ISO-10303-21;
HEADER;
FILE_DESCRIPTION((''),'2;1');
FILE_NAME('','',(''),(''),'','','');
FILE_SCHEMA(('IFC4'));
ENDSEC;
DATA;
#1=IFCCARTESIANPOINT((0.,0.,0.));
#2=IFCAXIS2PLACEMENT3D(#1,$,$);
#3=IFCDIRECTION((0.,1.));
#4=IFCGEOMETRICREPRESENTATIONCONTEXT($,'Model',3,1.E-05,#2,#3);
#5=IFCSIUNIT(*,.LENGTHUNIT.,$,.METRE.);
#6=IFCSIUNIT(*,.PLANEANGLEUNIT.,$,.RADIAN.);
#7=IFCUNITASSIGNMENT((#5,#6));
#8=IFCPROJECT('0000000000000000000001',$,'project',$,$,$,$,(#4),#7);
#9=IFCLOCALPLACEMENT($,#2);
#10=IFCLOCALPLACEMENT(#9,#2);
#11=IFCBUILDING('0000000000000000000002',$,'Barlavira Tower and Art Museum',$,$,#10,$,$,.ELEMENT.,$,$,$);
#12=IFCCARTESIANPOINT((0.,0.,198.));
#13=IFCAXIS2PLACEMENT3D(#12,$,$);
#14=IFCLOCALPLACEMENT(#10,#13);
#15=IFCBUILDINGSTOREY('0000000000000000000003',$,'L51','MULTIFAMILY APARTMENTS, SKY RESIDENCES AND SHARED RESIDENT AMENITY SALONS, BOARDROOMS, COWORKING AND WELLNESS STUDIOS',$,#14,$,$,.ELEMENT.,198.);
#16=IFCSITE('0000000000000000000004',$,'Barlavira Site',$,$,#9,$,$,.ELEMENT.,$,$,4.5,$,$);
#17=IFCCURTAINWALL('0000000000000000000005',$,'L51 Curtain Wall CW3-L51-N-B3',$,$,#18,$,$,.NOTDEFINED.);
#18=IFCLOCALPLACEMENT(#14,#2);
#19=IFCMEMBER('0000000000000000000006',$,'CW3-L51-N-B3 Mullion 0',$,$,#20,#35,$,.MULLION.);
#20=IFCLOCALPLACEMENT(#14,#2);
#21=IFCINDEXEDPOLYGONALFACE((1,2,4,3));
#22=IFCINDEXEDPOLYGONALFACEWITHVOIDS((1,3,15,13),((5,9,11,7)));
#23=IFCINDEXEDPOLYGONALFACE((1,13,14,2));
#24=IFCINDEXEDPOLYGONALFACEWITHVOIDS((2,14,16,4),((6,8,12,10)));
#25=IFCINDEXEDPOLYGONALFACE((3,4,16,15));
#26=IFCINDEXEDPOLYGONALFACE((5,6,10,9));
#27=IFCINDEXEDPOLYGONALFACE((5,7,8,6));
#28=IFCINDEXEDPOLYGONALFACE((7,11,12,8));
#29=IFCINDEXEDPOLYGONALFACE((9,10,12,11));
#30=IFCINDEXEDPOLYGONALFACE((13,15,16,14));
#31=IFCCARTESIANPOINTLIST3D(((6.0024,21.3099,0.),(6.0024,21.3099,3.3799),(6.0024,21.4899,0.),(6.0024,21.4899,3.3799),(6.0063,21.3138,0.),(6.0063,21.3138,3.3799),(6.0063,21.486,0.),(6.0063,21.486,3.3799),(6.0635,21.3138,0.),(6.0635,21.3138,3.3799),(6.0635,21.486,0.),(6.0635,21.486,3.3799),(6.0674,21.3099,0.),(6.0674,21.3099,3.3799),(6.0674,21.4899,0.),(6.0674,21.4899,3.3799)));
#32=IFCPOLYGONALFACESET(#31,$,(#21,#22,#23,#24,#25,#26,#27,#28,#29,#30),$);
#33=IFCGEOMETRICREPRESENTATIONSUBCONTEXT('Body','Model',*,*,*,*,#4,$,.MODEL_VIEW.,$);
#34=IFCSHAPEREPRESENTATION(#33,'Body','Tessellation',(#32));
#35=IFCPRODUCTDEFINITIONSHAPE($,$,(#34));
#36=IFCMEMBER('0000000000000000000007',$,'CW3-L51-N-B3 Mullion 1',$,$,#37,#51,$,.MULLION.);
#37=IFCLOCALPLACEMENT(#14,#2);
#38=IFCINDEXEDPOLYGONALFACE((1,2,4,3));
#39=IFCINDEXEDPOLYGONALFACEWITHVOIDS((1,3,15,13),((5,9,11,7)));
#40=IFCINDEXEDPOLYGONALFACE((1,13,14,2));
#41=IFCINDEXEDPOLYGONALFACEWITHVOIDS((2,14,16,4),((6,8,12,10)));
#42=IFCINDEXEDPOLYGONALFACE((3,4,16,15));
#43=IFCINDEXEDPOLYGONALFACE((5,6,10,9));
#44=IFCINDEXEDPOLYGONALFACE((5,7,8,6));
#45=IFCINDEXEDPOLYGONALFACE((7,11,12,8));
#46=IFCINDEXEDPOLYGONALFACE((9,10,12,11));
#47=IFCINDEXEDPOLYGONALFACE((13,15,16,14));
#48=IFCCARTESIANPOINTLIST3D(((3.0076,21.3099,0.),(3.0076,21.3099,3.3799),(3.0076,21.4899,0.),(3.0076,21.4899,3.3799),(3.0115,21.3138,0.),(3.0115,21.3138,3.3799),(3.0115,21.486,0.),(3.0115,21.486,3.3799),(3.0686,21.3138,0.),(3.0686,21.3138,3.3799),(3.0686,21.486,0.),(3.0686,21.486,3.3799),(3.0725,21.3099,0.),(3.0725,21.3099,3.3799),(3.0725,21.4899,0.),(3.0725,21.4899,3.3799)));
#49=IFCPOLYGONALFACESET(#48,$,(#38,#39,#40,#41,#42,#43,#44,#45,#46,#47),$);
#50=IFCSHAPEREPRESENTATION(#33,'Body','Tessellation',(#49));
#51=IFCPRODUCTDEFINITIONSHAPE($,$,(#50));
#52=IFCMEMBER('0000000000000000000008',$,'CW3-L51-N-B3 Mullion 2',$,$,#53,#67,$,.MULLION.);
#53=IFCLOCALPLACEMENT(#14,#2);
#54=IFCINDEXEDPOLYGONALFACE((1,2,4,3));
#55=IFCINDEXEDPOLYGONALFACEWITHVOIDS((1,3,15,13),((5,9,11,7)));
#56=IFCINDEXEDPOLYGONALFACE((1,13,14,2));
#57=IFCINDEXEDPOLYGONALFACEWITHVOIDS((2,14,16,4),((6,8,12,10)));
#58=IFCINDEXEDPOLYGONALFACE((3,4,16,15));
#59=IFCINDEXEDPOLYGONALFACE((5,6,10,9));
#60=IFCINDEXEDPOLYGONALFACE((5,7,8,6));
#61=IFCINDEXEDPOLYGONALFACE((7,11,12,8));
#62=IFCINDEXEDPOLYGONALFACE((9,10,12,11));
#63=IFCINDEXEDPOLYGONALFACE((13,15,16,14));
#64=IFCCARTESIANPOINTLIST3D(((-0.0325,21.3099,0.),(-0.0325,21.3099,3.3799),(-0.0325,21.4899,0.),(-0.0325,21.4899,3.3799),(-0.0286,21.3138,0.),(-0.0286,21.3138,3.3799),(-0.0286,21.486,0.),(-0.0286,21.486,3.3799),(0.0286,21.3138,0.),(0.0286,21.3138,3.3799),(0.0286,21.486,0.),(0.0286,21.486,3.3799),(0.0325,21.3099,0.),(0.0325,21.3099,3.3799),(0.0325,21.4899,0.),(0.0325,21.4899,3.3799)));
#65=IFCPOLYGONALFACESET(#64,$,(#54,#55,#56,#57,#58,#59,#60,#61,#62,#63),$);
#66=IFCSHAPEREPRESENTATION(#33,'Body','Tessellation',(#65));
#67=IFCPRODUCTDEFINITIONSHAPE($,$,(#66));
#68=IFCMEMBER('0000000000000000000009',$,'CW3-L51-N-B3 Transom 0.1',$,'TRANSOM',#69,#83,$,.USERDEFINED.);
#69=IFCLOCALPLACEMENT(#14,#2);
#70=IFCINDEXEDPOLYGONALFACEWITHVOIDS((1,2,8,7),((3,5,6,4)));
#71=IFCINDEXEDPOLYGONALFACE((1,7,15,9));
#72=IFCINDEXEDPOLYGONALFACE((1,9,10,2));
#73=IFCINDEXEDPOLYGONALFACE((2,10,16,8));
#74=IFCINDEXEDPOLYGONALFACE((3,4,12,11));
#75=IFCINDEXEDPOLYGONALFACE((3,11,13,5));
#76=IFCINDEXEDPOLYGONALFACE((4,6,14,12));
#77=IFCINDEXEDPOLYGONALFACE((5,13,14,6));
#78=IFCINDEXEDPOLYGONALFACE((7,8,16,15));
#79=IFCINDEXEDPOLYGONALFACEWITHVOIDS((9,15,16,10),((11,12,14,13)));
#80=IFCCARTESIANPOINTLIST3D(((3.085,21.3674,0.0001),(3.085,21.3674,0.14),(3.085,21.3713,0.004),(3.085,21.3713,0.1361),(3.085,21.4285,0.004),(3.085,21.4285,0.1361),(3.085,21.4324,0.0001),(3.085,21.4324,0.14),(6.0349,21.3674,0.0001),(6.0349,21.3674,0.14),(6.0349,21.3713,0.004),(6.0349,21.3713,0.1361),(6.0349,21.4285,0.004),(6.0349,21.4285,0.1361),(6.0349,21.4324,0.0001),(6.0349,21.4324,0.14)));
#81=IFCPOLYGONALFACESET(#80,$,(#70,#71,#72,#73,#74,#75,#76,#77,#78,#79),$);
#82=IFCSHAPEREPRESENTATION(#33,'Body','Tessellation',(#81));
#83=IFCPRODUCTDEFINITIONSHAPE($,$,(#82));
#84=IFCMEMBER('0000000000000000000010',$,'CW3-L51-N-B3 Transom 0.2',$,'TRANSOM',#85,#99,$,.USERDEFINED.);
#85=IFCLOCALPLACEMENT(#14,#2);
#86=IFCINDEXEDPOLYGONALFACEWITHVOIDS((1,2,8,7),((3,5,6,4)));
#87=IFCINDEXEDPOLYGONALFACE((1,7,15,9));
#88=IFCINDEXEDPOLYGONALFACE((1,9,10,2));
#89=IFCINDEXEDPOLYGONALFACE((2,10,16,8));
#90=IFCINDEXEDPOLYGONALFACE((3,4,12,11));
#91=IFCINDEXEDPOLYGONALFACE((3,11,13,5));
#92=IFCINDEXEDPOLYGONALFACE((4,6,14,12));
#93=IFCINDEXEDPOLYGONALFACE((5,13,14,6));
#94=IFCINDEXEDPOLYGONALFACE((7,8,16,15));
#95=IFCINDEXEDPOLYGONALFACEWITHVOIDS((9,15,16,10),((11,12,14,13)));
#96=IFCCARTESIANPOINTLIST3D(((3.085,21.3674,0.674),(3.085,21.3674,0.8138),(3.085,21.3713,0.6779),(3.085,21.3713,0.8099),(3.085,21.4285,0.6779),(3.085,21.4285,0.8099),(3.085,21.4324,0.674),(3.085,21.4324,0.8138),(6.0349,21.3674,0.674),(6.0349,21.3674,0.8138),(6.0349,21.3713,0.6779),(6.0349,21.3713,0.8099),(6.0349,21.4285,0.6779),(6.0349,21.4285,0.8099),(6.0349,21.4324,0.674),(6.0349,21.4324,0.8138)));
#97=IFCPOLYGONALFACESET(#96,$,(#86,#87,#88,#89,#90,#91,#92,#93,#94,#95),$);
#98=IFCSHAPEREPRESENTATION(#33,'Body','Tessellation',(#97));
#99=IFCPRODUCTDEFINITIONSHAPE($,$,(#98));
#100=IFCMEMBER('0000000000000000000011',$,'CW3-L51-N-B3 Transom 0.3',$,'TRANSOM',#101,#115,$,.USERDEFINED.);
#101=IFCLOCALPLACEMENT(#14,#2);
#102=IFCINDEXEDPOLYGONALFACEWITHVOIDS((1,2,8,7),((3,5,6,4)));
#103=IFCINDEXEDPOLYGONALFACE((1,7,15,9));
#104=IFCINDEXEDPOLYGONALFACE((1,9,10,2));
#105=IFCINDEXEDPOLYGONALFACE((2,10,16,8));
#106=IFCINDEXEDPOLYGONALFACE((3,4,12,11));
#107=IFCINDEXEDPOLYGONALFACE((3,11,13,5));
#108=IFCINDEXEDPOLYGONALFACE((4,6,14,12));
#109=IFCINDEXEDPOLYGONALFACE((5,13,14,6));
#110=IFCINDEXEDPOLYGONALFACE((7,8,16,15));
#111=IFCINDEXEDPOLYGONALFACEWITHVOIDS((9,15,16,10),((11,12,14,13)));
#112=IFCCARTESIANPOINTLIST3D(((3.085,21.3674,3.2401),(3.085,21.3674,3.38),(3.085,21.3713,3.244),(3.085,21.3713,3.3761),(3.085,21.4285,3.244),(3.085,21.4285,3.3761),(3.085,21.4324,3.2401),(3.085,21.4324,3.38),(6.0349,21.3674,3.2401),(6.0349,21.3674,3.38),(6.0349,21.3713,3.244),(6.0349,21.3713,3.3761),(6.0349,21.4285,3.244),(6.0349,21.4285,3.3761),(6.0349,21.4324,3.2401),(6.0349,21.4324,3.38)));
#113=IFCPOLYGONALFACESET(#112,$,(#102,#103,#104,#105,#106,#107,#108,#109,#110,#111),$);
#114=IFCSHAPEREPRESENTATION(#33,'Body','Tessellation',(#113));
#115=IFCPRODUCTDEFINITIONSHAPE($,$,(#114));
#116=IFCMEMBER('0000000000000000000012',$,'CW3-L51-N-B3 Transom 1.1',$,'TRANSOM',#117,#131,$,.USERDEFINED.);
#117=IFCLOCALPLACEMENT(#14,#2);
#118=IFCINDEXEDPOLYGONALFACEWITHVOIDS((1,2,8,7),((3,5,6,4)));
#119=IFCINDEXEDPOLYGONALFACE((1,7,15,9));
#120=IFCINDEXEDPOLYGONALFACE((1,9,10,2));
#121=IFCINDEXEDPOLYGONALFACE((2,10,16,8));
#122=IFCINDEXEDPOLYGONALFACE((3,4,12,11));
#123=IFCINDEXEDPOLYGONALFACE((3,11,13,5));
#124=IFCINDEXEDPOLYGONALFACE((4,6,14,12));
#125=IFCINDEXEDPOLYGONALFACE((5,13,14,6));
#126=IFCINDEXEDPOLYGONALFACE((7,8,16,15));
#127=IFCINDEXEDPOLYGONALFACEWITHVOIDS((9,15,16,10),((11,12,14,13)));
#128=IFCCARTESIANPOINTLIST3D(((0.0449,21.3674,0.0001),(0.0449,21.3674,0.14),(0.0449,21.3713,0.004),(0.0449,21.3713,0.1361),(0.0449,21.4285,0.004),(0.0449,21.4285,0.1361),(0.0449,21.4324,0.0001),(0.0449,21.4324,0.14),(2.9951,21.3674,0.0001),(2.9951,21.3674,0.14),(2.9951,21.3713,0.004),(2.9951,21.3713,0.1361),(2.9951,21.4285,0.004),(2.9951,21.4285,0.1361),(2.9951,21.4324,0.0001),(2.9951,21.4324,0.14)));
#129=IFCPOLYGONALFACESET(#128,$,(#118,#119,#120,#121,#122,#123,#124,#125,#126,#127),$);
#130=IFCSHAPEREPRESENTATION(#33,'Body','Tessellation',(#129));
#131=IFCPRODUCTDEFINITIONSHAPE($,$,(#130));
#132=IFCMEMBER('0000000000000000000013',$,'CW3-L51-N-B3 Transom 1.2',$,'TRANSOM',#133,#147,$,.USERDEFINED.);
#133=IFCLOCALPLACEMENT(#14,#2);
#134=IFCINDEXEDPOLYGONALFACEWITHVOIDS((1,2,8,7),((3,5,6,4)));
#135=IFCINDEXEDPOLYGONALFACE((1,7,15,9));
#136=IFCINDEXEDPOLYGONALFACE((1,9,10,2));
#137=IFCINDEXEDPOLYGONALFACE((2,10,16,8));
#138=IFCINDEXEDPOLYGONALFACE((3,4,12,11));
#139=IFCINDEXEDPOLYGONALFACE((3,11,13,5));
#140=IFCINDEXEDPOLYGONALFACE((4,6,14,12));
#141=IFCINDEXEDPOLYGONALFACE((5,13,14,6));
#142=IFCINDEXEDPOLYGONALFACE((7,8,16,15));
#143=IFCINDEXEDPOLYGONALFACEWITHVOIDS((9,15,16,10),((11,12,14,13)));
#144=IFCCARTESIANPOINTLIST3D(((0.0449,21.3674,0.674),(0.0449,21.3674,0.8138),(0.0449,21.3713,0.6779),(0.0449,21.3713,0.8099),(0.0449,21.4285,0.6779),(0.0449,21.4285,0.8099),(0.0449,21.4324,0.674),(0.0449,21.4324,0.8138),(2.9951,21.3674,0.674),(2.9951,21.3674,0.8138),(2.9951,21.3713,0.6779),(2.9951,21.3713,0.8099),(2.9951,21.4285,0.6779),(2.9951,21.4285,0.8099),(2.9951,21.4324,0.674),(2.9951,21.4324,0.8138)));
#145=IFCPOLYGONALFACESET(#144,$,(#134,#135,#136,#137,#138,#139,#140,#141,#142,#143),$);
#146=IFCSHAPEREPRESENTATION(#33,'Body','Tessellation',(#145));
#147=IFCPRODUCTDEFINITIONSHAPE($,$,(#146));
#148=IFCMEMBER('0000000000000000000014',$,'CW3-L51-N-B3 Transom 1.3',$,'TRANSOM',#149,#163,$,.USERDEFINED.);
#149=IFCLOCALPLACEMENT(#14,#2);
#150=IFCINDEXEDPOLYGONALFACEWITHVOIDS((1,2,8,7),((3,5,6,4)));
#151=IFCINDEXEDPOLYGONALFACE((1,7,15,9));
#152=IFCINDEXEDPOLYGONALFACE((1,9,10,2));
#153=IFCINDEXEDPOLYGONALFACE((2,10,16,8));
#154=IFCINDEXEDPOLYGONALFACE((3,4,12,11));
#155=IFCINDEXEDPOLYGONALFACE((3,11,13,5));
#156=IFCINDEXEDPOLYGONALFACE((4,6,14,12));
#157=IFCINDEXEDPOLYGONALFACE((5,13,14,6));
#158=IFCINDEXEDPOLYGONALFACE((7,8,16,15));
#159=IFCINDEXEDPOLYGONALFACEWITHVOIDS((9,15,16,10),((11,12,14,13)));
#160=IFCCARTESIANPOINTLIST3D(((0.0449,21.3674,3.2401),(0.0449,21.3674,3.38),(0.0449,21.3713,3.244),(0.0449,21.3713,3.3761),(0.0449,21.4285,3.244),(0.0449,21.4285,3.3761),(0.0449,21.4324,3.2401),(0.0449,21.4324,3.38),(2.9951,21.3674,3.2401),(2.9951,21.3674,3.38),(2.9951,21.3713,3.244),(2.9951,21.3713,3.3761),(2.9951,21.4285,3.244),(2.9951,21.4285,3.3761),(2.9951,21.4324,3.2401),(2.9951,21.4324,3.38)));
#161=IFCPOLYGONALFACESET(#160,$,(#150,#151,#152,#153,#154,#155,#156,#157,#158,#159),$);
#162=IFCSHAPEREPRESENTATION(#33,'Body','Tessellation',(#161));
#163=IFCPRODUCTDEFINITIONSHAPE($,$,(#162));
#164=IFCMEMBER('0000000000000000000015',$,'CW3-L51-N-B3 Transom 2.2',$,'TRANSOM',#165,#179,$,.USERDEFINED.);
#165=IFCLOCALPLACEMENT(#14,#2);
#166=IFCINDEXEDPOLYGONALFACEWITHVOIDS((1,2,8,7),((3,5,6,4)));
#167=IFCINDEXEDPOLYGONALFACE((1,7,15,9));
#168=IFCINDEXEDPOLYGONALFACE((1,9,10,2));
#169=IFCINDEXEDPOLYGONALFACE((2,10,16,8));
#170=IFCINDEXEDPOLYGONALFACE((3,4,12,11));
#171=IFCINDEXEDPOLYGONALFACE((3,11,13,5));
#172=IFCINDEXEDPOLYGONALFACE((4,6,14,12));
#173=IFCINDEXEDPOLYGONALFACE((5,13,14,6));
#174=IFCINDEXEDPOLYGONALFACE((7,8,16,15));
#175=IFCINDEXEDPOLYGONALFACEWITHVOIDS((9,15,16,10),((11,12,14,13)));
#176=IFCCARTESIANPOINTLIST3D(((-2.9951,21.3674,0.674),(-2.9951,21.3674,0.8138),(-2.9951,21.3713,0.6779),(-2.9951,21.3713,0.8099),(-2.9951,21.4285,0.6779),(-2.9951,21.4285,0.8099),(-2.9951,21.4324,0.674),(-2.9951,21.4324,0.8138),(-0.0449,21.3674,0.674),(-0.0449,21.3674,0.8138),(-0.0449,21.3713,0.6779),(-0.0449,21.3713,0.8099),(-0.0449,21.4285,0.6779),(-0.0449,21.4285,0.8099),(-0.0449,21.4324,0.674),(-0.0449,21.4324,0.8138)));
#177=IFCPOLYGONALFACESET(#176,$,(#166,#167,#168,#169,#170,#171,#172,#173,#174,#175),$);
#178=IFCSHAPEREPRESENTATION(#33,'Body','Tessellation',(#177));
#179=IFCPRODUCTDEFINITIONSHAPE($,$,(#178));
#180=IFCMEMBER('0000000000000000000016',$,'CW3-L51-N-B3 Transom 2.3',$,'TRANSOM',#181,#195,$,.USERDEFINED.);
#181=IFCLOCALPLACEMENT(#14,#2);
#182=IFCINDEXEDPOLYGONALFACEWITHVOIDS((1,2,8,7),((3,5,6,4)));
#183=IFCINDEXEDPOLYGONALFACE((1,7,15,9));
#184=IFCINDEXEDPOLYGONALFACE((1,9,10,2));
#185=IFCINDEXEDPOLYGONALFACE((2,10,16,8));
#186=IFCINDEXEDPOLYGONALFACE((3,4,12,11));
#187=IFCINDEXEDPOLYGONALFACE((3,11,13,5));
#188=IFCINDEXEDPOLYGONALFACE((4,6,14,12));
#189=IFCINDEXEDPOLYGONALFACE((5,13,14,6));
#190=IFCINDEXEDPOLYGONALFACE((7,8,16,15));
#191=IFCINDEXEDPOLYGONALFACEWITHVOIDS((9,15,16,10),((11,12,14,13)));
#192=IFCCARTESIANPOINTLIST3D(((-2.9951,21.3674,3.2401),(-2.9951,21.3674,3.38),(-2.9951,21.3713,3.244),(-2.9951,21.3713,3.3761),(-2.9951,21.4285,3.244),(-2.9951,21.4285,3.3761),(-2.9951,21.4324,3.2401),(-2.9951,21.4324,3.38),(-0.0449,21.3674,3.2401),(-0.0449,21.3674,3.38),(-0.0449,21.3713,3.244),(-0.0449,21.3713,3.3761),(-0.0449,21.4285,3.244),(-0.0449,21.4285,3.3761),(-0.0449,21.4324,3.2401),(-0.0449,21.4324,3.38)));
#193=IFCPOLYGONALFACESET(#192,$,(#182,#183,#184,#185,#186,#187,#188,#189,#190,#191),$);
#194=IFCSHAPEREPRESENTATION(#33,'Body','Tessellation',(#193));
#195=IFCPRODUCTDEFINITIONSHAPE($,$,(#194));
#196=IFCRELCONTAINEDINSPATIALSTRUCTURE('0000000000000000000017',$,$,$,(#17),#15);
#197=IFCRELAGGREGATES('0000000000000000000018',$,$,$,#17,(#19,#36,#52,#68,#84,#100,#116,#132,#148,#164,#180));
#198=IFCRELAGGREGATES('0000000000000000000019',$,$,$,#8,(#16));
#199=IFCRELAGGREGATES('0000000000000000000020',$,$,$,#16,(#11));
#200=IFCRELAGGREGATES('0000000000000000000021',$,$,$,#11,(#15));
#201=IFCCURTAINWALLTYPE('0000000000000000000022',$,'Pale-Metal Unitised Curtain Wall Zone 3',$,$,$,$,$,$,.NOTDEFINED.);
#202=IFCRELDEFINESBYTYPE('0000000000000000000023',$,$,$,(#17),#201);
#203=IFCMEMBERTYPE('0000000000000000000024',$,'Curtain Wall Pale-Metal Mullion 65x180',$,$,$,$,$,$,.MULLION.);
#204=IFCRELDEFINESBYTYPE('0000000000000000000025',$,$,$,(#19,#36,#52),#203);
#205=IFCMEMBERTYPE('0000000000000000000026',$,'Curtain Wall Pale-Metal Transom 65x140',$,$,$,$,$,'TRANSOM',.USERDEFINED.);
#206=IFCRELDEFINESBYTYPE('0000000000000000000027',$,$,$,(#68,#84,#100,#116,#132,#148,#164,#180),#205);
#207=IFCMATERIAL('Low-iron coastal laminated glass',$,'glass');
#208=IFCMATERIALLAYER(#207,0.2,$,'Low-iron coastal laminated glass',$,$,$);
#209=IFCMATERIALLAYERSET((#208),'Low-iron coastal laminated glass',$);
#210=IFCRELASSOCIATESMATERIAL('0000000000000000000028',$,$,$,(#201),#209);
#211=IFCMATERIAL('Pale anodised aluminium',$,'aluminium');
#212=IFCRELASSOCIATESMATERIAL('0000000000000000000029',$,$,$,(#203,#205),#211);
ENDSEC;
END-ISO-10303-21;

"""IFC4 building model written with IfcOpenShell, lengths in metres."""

from ifc_helpers import new_model, si_unit, direction, frame, origin, origin_2d, place, context, subcontext, project, spatial, hollow_rectangle, extrude, material, layer, layer_set, material_profile, profile_set, type_object, element, aggregate, save


model = new_model("IFC4")

# Units and contexts
model_context = context("Model", 3, precision=1e-05, world=origin(), true_north=direction((0.0, 1.0)))
body_context = subcontext(model_context, "Body", "Model", "MODEL_VIEW")
ifc_project = project(units=[si_unit("LENGTHUNIT", "METRE"), si_unit("PLANEANGLEUNIT", "RADIAN")], contexts=[model_context])

# Site, building, storey
site_placement = place(None, origin())
site = spatial("IfcSite", under=ifc_project, at=site_placement, Name="Barlavira Site", CompositionType="ELEMENT", RefElevation=4.5)
building_placement = place(site_placement, origin())
building = spatial("IfcBuilding", under=site, at=building_placement, Name="Barlavira Tower and Art Museum", CompositionType="ELEMENT")
storey_placement = place(building_placement, frame((0.0, 0.0, 198.0)))
storey = spatial("IfcBuildingStorey", under=building, at=storey_placement, Name="L51", Description="MULTIFAMILY APARTMENTS, SKY RESIDENCES AND SHARED RESIDENT AMENITY SALONS, BOARDROOMS, COWORKING AND WELLNESS STUDIOS", CompositionType="ELEMENT", Elevation=198.0)

# Curtain wall, members
ifc_material_1 = material(Name="Low-iron coastal laminated glass", Category="glass")
ifc_layer_1 = layer(ifc_material_1, 0.2, Name="Low-iron coastal laminated glass")
ifc_layer_set_1 = layer_set([ifc_layer_1], Name="Low-iron coastal laminated glass")
curtain_wall_type = type_object("IfcCurtainWallType", Name="Pale-Metal Unitised Curtain Wall Zone 3", PredefinedType="NOTDEFINED", material=ifc_layer_set_1)
curtain_wall_placement = place(storey_placement, origin())
curtain_wall = element("IfcCurtainWall", 1, at=curtain_wall_placement, inside=storey, type_object=curtain_wall_type, Name="L51 Curtain Wall CW3-L51-N-B3", PredefinedType="NOTDEFINED")
ifc_material_2 = material(Name="Pale anodised aluminium", Category="aluminium")
ifc_material_profile_1 = material_profile(ifc_material_2, hollow_rectangle(XDim=0.0649, YDim=0.1799, WallThickness=0.0039, at=origin_2d()), Name="ALU-MULL 65x180x4")
ifc_profile_set_1 = profile_set([ifc_material_profile_1], Name="Pale anodised aluminium")
member_type_1 = type_object("IfcMemberType", Name="Curtain Wall Pale-Metal Mullion 65x180", PredefinedType="MULLION", material=ifc_profile_set_1)
member_1_placement = place(storey_placement, frame((6.0349, 21.3999, 0.0), z_axis=(0.0, 0.0, 1.0), x_axis=(-1.0, 0.0, 0.0)))
member_1 = element("IfcMember", 2, at=member_1_placement, type_object=member_type_1, Name="CW3-L51-N-B3 Mullion 0", PredefinedType="MULLION", context=body_context, shape_type="SweptSolid", body=[
    extrude(hollow_rectangle(XDim=0.0649, YDim=0.1799, WallThickness=0.0039, at=origin_2d()), origin(), (0.0, 0.0, 1.0), 3.3799),
])
member_2_placement = place(storey_placement, frame((3.04, 21.3999, 0.0), z_axis=(0.0, 0.0, 1.0), x_axis=(-1.0, 0.0, 0.0)))
member_2 = element("IfcMember", 3, at=member_2_placement, type_object=member_type_1, Name="CW3-L51-N-B3 Mullion 1", PredefinedType="MULLION", context=body_context, shape_type="SweptSolid", body=[
    extrude(hollow_rectangle(XDim=0.0649, YDim=0.1799, WallThickness=0.0039, at=origin_2d()), origin(), (0.0, 0.0, 1.0), 3.3799),
])
member_3_placement = place(storey_placement, frame((0.0, 21.3999, 0.0), z_axis=(0.0, 0.0, 1.0), x_axis=(-1.0, 0.0, 0.0)))
member_3 = element("IfcMember", 4, at=member_3_placement, type_object=member_type_1, Name="CW3-L51-N-B3 Mullion 2", PredefinedType="MULLION", context=body_context, shape_type="SweptSolid", body=[
    extrude(hollow_rectangle(XDim=0.0649, YDim=0.1799, WallThickness=0.0039, at=origin_2d()), origin(), (0.0, 0.0, 1.0), 3.3799),
])
ifc_material_profile_2 = material_profile(ifc_material_2, hollow_rectangle(XDim=0.0649, YDim=0.1399, WallThickness=0.0039, at=origin_2d()), Name="ALU-TRAN 65x140x4")
ifc_profile_set_2 = profile_set([ifc_material_profile_2], Name="Pale anodised aluminium")
member_type_2 = type_object("IfcMemberType", Name="Curtain Wall Pale-Metal Transom 65x140", ElementType="TRANSOM", PredefinedType="USERDEFINED", material=ifc_profile_set_2)
member_4_placement = place(storey_placement, frame((6.0349, 21.3999, 0.0701), z_axis=(-1.0, 0.0, 0.0), x_axis=(0.0, -1.0, 0.0)))
member_4 = element("IfcMember", 5, at=member_4_placement, type_object=member_type_2, Name="CW3-L51-N-B3 Transom 0.1", ObjectType="TRANSOM", PredefinedType="USERDEFINED", context=body_context, shape_type="SweptSolid", body=[
    extrude(hollow_rectangle(XDim=0.0649, YDim=0.1399, WallThickness=0.0039, at=origin_2d()), origin(), (0.0, 0.0, 1.0), 2.95),
])
member_5_placement = place(storey_placement, frame((6.0349, 21.3999, 0.7439), z_axis=(-1.0, 0.0, 0.0), x_axis=(0.0, -1.0, 0.0)))
member_5 = element("IfcMember", 6, at=member_5_placement, type_object=member_type_2, Name="CW3-L51-N-B3 Transom 0.2", ObjectType="TRANSOM", PredefinedType="USERDEFINED", context=body_context, shape_type="SweptSolid", body=[
    extrude(hollow_rectangle(XDim=0.0649, YDim=0.1399, WallThickness=0.0039, at=origin_2d()), origin(), (0.0, 0.0, 1.0), 2.95),
])
member_6_placement = place(storey_placement, frame((6.0349, 21.3999, 3.3101), z_axis=(-1.0, 0.0, 0.0), x_axis=(0.0, -1.0, 0.0)))
member_6 = element("IfcMember", 7, at=member_6_placement, type_object=member_type_2, Name="CW3-L51-N-B3 Transom 0.3", ObjectType="TRANSOM", PredefinedType="USERDEFINED", context=body_context, shape_type="SweptSolid", body=[
    extrude(hollow_rectangle(XDim=0.0649, YDim=0.1399, WallThickness=0.0039, at=origin_2d()), origin(), (0.0, 0.0, 1.0), 2.95),
])
member_7_placement = place(storey_placement, frame((2.9951, 21.3999, 0.0701), z_axis=(-1.0, 0.0, 0.0), x_axis=(0.0, -1.0, 0.0)))
member_7 = element("IfcMember", 8, at=member_7_placement, type_object=member_type_2, Name="CW3-L51-N-B3 Transom 1.1", ObjectType="TRANSOM", PredefinedType="USERDEFINED", context=body_context, shape_type="SweptSolid", body=[
    extrude(hollow_rectangle(XDim=0.0649, YDim=0.1399, WallThickness=0.0039, at=origin_2d()), origin(), (0.0, 0.0, 1.0), 2.9502),
])
member_8_placement = place(storey_placement, frame((2.9951, 21.3999, 0.7439), z_axis=(-1.0, 0.0, 0.0), x_axis=(0.0, -1.0, 0.0)))
member_8 = element("IfcMember", 9, at=member_8_placement, type_object=member_type_2, Name="CW3-L51-N-B3 Transom 1.2", ObjectType="TRANSOM", PredefinedType="USERDEFINED", context=body_context, shape_type="SweptSolid", body=[
    extrude(hollow_rectangle(XDim=0.0649, YDim=0.1399, WallThickness=0.0039, at=origin_2d()), origin(), (0.0, 0.0, 1.0), 2.9502),
])
member_9_placement = place(storey_placement, frame((2.9951, 21.3999, 3.3101), z_axis=(-1.0, 0.0, 0.0), x_axis=(0.0, -1.0, 0.0)))
member_9 = element("IfcMember", 10, at=member_9_placement, type_object=member_type_2, Name="CW3-L51-N-B3 Transom 1.3", ObjectType="TRANSOM", PredefinedType="USERDEFINED", context=body_context, shape_type="SweptSolid", body=[
    extrude(hollow_rectangle(XDim=0.0649, YDim=0.1399, WallThickness=0.0039, at=origin_2d()), origin(), (0.0, 0.0, 1.0), 2.9502),
])
member_10_placement = place(storey_placement, frame((-0.0449, 21.3999, 0.7439), z_axis=(-1.0, 0.0, 0.0), x_axis=(0.0, -1.0, 0.0)))
member_10 = element("IfcMember", 11, at=member_10_placement, type_object=member_type_2, Name="CW3-L51-N-B3 Transom 2.2", ObjectType="TRANSOM", PredefinedType="USERDEFINED", context=body_context, shape_type="SweptSolid", body=[
    extrude(hollow_rectangle(XDim=0.0649, YDim=0.1399, WallThickness=0.0039, at=origin_2d()), origin(), (0.0, 0.0, 1.0), 2.9502),
])
member_11_placement = place(storey_placement, frame((-0.0449, 21.3999, 3.3101), z_axis=(-1.0, 0.0, 0.0), x_axis=(0.0, -1.0, 0.0)))
member_11 = element("IfcMember", 12, at=member_11_placement, type_object=member_type_2, Name="CW3-L51-N-B3 Transom 2.3", ObjectType="TRANSOM", PredefinedType="USERDEFINED", context=body_context, shape_type="SweptSolid", body=[
    extrude(hollow_rectangle(XDim=0.0649, YDim=0.1399, WallThickness=0.0039, at=origin_2d()), origin(), (0.0, 0.0, 1.0), 2.9502),
])

aggregate(curtain_wall, [member_1, member_2, member_3, member_4, member_5, member_6, member_7, member_8, member_9, member_10, member_11])

save(model, "model.ifc")
